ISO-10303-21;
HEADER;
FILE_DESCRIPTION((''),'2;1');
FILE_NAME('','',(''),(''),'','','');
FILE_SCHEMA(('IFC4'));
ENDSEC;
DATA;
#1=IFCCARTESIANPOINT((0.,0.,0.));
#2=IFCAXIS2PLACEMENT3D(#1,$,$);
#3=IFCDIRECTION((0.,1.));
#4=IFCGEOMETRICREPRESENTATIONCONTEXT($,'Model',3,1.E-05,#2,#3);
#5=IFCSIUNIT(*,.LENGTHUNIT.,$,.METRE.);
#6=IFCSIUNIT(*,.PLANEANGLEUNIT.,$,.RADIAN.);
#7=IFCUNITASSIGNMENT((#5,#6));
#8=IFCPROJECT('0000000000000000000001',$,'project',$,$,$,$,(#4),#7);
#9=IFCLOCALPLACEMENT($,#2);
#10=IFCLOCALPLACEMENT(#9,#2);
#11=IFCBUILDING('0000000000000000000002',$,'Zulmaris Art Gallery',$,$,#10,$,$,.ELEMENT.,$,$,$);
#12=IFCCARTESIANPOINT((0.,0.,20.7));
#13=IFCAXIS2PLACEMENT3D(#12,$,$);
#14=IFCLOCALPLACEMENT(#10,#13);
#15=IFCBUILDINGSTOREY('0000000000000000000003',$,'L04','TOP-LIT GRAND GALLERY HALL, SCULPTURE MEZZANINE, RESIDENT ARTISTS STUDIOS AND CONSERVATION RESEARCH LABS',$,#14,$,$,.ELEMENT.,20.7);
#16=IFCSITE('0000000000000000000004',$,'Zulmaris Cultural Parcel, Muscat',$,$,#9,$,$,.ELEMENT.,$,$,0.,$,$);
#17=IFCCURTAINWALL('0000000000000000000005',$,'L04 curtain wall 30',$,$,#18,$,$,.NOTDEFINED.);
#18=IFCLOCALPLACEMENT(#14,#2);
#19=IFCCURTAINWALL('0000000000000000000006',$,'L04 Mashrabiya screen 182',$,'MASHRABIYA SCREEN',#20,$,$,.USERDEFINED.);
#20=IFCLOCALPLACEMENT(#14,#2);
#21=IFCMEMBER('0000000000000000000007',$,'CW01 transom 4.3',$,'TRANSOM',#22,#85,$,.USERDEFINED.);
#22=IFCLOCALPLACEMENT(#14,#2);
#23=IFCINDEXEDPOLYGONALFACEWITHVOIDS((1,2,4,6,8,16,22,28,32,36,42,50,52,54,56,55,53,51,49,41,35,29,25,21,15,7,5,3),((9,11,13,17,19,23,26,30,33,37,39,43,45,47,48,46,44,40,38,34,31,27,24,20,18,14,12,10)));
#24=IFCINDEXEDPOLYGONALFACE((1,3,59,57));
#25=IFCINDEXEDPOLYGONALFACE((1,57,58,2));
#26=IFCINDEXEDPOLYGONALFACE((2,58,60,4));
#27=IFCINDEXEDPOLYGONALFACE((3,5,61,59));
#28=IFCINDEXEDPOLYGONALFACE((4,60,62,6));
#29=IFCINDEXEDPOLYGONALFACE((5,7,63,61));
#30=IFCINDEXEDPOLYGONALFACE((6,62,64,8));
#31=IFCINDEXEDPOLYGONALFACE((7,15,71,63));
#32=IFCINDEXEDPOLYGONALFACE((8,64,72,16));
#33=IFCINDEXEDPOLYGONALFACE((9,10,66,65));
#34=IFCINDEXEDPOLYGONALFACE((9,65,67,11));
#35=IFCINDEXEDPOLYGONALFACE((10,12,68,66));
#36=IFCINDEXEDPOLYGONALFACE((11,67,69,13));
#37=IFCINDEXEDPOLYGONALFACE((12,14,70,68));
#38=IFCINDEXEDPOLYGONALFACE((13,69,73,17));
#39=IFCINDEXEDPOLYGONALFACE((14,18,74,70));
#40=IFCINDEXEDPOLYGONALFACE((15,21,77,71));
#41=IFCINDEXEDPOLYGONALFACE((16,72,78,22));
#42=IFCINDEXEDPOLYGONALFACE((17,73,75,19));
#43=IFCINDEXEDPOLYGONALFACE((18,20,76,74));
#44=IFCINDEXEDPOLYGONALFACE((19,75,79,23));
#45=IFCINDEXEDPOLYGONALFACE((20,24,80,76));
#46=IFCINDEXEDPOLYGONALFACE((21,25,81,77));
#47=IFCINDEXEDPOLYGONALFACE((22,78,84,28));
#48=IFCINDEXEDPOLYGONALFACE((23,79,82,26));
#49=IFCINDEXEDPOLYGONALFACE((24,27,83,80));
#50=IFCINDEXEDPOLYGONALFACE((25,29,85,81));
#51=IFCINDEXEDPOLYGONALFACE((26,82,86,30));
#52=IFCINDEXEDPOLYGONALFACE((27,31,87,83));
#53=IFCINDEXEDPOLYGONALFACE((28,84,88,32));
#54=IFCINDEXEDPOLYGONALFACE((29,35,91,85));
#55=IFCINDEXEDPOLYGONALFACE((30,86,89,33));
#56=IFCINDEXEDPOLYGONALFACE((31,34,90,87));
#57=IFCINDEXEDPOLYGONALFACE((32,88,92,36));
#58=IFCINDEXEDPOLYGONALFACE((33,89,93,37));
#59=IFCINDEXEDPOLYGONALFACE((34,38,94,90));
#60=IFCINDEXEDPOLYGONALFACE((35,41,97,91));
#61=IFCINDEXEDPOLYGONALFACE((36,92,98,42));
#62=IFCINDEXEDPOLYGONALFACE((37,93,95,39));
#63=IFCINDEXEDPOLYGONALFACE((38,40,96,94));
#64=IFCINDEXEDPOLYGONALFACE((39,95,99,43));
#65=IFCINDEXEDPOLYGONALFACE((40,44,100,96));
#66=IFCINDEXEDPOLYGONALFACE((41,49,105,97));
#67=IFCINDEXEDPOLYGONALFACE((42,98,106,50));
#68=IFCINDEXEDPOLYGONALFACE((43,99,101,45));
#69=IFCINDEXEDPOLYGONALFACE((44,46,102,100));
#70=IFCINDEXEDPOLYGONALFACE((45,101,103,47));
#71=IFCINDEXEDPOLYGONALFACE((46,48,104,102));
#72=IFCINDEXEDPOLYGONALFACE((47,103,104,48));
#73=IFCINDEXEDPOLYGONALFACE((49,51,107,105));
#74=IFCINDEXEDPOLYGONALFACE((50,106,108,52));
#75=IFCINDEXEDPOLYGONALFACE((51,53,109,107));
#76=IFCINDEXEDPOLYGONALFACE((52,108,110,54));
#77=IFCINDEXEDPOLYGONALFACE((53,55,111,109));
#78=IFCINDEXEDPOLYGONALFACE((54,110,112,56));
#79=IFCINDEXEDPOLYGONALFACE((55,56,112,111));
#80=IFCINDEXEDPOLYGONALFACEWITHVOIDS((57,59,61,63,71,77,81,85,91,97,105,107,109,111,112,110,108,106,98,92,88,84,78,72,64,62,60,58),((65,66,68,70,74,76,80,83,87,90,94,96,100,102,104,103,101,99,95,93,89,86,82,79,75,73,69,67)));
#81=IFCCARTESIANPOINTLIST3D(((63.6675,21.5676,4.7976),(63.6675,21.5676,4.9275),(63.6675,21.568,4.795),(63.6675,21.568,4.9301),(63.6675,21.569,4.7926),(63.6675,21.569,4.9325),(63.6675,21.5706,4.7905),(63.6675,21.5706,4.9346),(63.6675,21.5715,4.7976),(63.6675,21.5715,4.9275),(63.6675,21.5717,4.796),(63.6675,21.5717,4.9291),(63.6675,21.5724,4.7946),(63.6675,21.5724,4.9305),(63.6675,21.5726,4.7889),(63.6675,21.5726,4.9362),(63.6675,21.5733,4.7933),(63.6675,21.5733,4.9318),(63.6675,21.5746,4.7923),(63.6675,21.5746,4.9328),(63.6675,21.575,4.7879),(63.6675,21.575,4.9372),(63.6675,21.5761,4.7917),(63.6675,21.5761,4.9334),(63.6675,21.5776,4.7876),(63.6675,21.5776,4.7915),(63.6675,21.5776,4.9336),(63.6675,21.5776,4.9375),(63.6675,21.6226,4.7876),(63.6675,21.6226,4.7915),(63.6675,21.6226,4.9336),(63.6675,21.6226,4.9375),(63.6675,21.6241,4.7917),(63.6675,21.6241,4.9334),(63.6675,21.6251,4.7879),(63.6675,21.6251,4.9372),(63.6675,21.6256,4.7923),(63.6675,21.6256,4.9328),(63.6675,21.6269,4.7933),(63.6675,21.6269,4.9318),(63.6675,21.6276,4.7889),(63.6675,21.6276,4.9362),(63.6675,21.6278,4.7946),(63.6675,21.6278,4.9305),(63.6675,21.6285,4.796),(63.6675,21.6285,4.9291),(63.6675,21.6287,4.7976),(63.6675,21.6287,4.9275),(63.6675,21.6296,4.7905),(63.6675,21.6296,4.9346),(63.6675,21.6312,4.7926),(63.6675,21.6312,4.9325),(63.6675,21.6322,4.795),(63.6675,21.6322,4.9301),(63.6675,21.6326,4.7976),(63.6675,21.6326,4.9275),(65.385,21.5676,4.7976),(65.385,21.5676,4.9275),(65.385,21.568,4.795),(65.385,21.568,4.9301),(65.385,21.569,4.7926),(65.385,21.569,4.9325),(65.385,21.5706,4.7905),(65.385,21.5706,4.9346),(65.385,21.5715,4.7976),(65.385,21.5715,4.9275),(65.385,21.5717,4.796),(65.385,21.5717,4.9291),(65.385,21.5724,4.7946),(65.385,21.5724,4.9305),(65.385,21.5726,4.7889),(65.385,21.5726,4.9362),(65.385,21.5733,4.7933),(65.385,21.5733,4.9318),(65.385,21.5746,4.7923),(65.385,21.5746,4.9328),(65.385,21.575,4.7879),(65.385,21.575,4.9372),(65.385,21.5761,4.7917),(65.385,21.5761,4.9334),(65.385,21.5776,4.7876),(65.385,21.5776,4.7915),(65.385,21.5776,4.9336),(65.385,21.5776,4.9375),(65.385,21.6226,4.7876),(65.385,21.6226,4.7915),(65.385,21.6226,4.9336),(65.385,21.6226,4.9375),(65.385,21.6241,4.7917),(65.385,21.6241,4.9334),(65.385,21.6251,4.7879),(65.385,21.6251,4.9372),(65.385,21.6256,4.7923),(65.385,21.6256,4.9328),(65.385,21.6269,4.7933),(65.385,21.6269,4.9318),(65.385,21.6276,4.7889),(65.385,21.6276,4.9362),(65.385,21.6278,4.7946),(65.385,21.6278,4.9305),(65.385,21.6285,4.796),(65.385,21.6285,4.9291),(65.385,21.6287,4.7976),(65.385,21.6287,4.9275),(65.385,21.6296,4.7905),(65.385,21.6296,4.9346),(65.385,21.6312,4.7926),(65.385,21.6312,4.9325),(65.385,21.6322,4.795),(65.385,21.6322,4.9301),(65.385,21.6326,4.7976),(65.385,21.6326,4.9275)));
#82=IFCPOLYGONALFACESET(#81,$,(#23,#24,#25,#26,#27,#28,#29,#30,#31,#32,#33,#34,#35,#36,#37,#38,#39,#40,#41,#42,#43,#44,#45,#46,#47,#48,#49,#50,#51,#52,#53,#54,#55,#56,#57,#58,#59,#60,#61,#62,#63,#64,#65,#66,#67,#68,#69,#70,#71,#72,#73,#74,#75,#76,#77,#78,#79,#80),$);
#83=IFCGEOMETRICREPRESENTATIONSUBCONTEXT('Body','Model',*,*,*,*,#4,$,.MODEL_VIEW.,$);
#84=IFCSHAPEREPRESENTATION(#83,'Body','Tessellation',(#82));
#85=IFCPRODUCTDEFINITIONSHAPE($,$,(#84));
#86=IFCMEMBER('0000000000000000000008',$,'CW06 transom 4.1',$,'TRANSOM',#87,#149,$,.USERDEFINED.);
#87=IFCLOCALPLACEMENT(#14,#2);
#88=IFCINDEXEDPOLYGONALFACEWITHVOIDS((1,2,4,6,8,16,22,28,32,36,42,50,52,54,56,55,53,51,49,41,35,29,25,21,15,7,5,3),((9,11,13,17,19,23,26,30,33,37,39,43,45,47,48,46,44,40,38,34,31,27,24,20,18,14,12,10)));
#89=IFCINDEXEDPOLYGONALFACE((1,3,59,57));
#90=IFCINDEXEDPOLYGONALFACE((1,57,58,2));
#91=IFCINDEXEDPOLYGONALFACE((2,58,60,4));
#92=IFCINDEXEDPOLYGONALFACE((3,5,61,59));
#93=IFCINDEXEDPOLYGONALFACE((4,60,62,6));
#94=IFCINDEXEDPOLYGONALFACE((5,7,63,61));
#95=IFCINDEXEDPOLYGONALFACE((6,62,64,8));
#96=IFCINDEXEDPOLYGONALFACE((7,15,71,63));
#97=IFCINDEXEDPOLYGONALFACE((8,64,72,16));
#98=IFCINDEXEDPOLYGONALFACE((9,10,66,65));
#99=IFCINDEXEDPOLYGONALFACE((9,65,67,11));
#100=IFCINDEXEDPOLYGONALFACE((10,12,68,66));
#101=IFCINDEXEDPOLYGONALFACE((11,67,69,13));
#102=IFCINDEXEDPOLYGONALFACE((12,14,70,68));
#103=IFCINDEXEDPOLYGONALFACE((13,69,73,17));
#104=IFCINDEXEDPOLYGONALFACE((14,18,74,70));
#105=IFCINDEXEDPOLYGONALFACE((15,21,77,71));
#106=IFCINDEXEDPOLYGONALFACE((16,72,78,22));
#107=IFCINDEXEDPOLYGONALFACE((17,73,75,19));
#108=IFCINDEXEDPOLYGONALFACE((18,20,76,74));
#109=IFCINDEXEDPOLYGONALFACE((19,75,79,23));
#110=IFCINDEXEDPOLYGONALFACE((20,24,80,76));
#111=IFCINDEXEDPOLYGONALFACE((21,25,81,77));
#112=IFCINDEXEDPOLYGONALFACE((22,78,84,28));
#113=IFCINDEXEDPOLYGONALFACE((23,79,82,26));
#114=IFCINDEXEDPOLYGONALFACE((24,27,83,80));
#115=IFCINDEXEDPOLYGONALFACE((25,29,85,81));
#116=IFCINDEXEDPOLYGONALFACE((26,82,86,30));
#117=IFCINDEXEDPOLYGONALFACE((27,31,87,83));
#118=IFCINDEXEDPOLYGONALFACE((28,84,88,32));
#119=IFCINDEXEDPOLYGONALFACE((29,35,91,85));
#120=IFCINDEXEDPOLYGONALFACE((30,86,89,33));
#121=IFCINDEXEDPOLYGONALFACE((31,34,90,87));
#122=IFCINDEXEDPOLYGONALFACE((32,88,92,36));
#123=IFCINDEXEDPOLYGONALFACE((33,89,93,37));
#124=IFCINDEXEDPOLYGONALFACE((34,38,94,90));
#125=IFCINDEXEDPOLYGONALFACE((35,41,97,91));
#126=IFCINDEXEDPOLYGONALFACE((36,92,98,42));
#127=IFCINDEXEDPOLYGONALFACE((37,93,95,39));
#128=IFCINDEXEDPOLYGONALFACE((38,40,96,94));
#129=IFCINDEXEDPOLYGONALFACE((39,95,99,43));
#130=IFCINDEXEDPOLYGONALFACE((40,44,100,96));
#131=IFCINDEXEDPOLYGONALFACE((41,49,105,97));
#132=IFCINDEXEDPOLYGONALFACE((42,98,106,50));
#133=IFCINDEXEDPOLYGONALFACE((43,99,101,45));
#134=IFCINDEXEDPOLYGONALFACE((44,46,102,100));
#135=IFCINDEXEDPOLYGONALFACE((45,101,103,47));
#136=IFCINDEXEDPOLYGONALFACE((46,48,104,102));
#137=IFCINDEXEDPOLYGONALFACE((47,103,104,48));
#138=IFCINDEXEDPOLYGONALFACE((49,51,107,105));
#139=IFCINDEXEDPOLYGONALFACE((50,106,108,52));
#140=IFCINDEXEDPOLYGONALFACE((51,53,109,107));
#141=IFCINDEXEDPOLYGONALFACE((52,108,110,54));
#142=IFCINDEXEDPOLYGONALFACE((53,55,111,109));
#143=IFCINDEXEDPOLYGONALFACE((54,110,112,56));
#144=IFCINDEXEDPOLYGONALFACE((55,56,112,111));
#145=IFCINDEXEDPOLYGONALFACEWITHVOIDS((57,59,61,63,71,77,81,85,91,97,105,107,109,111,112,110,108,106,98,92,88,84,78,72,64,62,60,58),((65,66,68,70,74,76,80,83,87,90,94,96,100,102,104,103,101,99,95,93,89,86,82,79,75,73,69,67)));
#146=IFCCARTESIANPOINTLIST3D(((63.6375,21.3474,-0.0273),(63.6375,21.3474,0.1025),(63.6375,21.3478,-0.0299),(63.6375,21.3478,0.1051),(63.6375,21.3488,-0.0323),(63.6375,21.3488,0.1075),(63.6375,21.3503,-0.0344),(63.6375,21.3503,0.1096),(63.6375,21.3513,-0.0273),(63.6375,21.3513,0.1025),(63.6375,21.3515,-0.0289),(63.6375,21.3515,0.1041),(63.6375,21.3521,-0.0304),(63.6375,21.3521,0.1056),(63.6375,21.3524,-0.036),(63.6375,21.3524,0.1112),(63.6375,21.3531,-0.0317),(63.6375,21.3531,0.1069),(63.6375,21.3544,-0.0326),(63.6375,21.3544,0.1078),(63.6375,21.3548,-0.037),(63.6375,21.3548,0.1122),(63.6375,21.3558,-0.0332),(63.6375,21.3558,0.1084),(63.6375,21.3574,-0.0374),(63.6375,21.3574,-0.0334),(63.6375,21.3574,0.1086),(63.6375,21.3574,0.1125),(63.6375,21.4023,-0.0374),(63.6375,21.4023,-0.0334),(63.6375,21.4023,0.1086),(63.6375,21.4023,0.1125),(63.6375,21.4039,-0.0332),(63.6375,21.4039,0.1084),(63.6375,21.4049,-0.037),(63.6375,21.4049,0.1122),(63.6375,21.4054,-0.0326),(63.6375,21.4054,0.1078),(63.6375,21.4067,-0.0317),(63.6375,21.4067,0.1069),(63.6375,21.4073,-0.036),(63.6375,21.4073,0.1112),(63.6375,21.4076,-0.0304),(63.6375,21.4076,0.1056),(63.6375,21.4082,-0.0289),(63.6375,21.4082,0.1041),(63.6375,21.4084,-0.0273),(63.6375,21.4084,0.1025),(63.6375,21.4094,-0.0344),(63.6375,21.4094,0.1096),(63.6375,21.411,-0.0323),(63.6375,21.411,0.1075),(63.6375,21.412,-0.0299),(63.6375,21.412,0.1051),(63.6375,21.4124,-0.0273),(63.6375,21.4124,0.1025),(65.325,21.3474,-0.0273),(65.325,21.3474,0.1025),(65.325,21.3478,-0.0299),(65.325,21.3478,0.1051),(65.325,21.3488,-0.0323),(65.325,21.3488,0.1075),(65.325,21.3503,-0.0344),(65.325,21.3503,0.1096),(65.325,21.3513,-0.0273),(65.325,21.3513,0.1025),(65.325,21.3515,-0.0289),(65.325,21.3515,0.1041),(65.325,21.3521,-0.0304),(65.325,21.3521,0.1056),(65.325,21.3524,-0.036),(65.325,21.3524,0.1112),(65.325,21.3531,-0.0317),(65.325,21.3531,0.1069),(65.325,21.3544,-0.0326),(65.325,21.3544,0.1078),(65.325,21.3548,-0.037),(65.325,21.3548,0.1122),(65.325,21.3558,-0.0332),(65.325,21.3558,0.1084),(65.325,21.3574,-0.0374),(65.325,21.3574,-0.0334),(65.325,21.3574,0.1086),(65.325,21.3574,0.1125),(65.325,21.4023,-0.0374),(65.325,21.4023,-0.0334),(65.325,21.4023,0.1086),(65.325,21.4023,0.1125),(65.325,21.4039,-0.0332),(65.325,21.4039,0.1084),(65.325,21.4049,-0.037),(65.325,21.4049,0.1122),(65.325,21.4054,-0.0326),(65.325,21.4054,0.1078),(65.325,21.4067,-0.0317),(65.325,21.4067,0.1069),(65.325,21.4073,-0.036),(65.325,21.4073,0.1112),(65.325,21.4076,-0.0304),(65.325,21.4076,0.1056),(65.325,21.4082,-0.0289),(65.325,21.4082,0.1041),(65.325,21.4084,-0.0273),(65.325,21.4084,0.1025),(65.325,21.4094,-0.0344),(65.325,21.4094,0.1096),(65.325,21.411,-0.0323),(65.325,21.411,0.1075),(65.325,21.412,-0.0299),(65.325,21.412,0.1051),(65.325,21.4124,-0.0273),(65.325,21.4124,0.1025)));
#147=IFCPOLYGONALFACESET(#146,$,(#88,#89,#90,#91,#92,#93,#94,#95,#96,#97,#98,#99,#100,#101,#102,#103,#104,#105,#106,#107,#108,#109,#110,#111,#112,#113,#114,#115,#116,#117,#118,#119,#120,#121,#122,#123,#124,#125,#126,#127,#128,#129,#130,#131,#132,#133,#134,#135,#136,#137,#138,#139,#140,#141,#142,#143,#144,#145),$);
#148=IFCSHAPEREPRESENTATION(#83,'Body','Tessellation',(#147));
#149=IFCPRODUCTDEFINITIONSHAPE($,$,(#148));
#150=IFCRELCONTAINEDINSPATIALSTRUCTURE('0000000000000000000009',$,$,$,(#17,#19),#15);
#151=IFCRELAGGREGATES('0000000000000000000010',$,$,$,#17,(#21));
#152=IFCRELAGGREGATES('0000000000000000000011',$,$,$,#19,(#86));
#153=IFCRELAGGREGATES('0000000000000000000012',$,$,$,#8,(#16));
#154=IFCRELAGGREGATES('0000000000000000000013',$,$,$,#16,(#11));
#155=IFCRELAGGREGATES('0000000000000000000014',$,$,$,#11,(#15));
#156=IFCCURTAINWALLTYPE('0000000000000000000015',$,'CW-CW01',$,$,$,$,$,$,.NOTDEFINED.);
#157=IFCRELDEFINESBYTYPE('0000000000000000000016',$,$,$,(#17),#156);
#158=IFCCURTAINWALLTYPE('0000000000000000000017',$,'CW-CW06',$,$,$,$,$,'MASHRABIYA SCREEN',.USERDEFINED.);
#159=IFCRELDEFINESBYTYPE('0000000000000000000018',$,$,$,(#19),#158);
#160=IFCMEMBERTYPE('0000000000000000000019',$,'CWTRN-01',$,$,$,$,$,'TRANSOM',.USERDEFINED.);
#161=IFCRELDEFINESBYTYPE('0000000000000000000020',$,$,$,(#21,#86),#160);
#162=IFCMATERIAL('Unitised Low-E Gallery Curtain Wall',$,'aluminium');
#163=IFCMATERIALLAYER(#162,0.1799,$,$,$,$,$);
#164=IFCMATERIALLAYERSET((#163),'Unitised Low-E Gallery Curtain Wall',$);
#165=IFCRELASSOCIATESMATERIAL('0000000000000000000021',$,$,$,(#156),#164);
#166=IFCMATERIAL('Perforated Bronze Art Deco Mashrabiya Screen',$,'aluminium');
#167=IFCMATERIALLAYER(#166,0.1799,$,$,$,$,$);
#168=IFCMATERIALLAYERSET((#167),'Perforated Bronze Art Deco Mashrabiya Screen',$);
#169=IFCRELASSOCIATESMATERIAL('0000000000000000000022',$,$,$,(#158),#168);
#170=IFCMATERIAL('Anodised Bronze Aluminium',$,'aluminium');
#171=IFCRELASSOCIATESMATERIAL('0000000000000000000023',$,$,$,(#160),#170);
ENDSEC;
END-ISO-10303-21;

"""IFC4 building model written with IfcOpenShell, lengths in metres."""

from ifc_helpers import new_model, si_unit, direction, frame, origin, origin_2d, place, context, subcontext, project, spatial, hollow_rectangle, extrude, material, layer, layer_set, material_profile, profile_set, type_object, element, aggregate, save


model = new_model("IFC4")

# Units and contexts
model_context = context("Model", 3, precision=1e-05, world=origin(), true_north=direction((0.0, 1.0)))
body_context = subcontext(model_context, "Body", "Model", "MODEL_VIEW")
ifc_project = project(units=[si_unit("LENGTHUNIT", "METRE"), si_unit("PLANEANGLEUNIT", "RADIAN")], contexts=[model_context])

# Site, building, storey
site_placement = place(None, origin())
site = spatial("IfcSite", under=ifc_project, at=site_placement, Name="Zulmaris Cultural Parcel, Muscat", CompositionType="ELEMENT", RefElevation=0.0)
building_placement = place(site_placement, origin())
building = spatial("IfcBuilding", under=site, at=building_placement, Name="Zulmaris Art Gallery", CompositionType="ELEMENT")
storey_placement = place(building_placement, frame((0.0, 0.0, 20.7)))
storey = spatial("IfcBuildingStorey", under=building, at=storey_placement, Name="L04", Description="TOP-LIT GRAND GALLERY HALL, SCULPTURE MEZZANINE, RESIDENT ARTISTS STUDIOS AND CONSERVATION RESEARCH LABS", CompositionType="ELEMENT", Elevation=20.7)

# Curtain walls
ifc_material_1 = material(Name="Unitised Low-E Gallery Curtain Wall", Category="aluminium")
ifc_layer_1 = layer(ifc_material_1, 0.1799)
ifc_layer_set_1 = layer_set([ifc_layer_1], Name="Unitised Low-E Gallery Curtain Wall")
curtain_wall_type_1 = type_object("IfcCurtainWallType", Name="CW-CW01", PredefinedType="NOTDEFINED", material=ifc_layer_set_1)
curtain_wall_1_placement = place(storey_placement, origin())
curtain_wall_1 = element("IfcCurtainWall", 1, at=curtain_wall_1_placement, inside=storey, type_object=curtain_wall_type_1, Name="L04 curtain wall 30", PredefinedType="NOTDEFINED")
ifc_material_2 = material(Name="Anodised Bronze Aluminium", Category="aluminium")
ifc_material_3 = material(Name="Perforated Bronze Art Deco Mashrabiya Screen", Category="aluminium")
ifc_layer_2 = layer(ifc_material_3, 0.1799)
ifc_layer_set_2 = layer_set([ifc_layer_2], Name="Perforated Bronze Art Deco Mashrabiya Screen")
curtain_wall_type_2 = type_object("IfcCurtainWallType", Name="CW-CW06", ElementType="MASHRABIYA SCREEN", PredefinedType="USERDEFINED", material=ifc_layer_set_2)
curtain_wall_2_placement = place(storey_placement, origin())
curtain_wall_2 = element("IfcCurtainWall", 2, at=curtain_wall_2_placement, inside=storey, type_object=curtain_wall_type_2, Name="L04 Mashrabiya screen 182", ObjectType="MASHRABIYA SCREEN", PredefinedType="USERDEFINED")

# Members
ifc_material_profile_1 = material_profile(ifc_material_2, hollow_rectangle(XDim=0.0649, YDim=0.1499, WallThickness=0.0039, InnerFilletRadius=0.0061, OuterFilletRadius=0.01, at=origin_2d()), Name="ALU 65x150x4")
ifc_profile_set_1 = profile_set([ifc_material_profile_1], Name="Anodised Bronze Aluminium")
member_type_1 = type_object("IfcMemberType", Name="CWTRN-01", ElementType="TRANSOM", PredefinedType="USERDEFINED", material=ifc_profile_set_1)
member_1_placement = place(storey_placement, frame((63.6675, 21.6001, 4.8625), z_axis=(1.0, 0.0, 0.0), x_axis=(0.0, 1.0, 0.0)))
member_1 = element("IfcMember", 3, at=member_1_placement, type_object=member_type_1, Name="CW01 transom 4.3", ObjectType="TRANSOM", PredefinedType="USERDEFINED", context=body_context, shape_type="SweptSolid", body=[
    extrude(hollow_rectangle(XDim=0.0649, YDim=0.1499, WallThickness=0.0039, InnerFilletRadius=0.0061, OuterFilletRadius=0.01, at=origin_2d()), origin(), (0.0, 0.0, 1.0), 1.7175),
])
member_2_placement = place(storey_placement, frame((63.6375, 21.3799, 0.0376), z_axis=(1.0, 0.0, 0.0), x_axis=(0.0, 1.0, 0.0)))
member_2 = element("IfcMember", 4, at=member_2_placement, type_object=member_type_1, Name="CW06 transom 4.1", ObjectType="TRANSOM", PredefinedType="USERDEFINED", context=body_context, shape_type="SweptSolid", body=[
    extrude(hollow_rectangle(XDim=0.0649, YDim=0.1499, WallThickness=0.0039, InnerFilletRadius=0.0061, OuterFilletRadius=0.01, at=origin_2d()), origin(), (0.0, 0.0, 1.0), 1.6875),
])

aggregate(curtain_wall_1, [member_1])
aggregate(curtain_wall_2, [member_2])

save(model, "model.ifc")
